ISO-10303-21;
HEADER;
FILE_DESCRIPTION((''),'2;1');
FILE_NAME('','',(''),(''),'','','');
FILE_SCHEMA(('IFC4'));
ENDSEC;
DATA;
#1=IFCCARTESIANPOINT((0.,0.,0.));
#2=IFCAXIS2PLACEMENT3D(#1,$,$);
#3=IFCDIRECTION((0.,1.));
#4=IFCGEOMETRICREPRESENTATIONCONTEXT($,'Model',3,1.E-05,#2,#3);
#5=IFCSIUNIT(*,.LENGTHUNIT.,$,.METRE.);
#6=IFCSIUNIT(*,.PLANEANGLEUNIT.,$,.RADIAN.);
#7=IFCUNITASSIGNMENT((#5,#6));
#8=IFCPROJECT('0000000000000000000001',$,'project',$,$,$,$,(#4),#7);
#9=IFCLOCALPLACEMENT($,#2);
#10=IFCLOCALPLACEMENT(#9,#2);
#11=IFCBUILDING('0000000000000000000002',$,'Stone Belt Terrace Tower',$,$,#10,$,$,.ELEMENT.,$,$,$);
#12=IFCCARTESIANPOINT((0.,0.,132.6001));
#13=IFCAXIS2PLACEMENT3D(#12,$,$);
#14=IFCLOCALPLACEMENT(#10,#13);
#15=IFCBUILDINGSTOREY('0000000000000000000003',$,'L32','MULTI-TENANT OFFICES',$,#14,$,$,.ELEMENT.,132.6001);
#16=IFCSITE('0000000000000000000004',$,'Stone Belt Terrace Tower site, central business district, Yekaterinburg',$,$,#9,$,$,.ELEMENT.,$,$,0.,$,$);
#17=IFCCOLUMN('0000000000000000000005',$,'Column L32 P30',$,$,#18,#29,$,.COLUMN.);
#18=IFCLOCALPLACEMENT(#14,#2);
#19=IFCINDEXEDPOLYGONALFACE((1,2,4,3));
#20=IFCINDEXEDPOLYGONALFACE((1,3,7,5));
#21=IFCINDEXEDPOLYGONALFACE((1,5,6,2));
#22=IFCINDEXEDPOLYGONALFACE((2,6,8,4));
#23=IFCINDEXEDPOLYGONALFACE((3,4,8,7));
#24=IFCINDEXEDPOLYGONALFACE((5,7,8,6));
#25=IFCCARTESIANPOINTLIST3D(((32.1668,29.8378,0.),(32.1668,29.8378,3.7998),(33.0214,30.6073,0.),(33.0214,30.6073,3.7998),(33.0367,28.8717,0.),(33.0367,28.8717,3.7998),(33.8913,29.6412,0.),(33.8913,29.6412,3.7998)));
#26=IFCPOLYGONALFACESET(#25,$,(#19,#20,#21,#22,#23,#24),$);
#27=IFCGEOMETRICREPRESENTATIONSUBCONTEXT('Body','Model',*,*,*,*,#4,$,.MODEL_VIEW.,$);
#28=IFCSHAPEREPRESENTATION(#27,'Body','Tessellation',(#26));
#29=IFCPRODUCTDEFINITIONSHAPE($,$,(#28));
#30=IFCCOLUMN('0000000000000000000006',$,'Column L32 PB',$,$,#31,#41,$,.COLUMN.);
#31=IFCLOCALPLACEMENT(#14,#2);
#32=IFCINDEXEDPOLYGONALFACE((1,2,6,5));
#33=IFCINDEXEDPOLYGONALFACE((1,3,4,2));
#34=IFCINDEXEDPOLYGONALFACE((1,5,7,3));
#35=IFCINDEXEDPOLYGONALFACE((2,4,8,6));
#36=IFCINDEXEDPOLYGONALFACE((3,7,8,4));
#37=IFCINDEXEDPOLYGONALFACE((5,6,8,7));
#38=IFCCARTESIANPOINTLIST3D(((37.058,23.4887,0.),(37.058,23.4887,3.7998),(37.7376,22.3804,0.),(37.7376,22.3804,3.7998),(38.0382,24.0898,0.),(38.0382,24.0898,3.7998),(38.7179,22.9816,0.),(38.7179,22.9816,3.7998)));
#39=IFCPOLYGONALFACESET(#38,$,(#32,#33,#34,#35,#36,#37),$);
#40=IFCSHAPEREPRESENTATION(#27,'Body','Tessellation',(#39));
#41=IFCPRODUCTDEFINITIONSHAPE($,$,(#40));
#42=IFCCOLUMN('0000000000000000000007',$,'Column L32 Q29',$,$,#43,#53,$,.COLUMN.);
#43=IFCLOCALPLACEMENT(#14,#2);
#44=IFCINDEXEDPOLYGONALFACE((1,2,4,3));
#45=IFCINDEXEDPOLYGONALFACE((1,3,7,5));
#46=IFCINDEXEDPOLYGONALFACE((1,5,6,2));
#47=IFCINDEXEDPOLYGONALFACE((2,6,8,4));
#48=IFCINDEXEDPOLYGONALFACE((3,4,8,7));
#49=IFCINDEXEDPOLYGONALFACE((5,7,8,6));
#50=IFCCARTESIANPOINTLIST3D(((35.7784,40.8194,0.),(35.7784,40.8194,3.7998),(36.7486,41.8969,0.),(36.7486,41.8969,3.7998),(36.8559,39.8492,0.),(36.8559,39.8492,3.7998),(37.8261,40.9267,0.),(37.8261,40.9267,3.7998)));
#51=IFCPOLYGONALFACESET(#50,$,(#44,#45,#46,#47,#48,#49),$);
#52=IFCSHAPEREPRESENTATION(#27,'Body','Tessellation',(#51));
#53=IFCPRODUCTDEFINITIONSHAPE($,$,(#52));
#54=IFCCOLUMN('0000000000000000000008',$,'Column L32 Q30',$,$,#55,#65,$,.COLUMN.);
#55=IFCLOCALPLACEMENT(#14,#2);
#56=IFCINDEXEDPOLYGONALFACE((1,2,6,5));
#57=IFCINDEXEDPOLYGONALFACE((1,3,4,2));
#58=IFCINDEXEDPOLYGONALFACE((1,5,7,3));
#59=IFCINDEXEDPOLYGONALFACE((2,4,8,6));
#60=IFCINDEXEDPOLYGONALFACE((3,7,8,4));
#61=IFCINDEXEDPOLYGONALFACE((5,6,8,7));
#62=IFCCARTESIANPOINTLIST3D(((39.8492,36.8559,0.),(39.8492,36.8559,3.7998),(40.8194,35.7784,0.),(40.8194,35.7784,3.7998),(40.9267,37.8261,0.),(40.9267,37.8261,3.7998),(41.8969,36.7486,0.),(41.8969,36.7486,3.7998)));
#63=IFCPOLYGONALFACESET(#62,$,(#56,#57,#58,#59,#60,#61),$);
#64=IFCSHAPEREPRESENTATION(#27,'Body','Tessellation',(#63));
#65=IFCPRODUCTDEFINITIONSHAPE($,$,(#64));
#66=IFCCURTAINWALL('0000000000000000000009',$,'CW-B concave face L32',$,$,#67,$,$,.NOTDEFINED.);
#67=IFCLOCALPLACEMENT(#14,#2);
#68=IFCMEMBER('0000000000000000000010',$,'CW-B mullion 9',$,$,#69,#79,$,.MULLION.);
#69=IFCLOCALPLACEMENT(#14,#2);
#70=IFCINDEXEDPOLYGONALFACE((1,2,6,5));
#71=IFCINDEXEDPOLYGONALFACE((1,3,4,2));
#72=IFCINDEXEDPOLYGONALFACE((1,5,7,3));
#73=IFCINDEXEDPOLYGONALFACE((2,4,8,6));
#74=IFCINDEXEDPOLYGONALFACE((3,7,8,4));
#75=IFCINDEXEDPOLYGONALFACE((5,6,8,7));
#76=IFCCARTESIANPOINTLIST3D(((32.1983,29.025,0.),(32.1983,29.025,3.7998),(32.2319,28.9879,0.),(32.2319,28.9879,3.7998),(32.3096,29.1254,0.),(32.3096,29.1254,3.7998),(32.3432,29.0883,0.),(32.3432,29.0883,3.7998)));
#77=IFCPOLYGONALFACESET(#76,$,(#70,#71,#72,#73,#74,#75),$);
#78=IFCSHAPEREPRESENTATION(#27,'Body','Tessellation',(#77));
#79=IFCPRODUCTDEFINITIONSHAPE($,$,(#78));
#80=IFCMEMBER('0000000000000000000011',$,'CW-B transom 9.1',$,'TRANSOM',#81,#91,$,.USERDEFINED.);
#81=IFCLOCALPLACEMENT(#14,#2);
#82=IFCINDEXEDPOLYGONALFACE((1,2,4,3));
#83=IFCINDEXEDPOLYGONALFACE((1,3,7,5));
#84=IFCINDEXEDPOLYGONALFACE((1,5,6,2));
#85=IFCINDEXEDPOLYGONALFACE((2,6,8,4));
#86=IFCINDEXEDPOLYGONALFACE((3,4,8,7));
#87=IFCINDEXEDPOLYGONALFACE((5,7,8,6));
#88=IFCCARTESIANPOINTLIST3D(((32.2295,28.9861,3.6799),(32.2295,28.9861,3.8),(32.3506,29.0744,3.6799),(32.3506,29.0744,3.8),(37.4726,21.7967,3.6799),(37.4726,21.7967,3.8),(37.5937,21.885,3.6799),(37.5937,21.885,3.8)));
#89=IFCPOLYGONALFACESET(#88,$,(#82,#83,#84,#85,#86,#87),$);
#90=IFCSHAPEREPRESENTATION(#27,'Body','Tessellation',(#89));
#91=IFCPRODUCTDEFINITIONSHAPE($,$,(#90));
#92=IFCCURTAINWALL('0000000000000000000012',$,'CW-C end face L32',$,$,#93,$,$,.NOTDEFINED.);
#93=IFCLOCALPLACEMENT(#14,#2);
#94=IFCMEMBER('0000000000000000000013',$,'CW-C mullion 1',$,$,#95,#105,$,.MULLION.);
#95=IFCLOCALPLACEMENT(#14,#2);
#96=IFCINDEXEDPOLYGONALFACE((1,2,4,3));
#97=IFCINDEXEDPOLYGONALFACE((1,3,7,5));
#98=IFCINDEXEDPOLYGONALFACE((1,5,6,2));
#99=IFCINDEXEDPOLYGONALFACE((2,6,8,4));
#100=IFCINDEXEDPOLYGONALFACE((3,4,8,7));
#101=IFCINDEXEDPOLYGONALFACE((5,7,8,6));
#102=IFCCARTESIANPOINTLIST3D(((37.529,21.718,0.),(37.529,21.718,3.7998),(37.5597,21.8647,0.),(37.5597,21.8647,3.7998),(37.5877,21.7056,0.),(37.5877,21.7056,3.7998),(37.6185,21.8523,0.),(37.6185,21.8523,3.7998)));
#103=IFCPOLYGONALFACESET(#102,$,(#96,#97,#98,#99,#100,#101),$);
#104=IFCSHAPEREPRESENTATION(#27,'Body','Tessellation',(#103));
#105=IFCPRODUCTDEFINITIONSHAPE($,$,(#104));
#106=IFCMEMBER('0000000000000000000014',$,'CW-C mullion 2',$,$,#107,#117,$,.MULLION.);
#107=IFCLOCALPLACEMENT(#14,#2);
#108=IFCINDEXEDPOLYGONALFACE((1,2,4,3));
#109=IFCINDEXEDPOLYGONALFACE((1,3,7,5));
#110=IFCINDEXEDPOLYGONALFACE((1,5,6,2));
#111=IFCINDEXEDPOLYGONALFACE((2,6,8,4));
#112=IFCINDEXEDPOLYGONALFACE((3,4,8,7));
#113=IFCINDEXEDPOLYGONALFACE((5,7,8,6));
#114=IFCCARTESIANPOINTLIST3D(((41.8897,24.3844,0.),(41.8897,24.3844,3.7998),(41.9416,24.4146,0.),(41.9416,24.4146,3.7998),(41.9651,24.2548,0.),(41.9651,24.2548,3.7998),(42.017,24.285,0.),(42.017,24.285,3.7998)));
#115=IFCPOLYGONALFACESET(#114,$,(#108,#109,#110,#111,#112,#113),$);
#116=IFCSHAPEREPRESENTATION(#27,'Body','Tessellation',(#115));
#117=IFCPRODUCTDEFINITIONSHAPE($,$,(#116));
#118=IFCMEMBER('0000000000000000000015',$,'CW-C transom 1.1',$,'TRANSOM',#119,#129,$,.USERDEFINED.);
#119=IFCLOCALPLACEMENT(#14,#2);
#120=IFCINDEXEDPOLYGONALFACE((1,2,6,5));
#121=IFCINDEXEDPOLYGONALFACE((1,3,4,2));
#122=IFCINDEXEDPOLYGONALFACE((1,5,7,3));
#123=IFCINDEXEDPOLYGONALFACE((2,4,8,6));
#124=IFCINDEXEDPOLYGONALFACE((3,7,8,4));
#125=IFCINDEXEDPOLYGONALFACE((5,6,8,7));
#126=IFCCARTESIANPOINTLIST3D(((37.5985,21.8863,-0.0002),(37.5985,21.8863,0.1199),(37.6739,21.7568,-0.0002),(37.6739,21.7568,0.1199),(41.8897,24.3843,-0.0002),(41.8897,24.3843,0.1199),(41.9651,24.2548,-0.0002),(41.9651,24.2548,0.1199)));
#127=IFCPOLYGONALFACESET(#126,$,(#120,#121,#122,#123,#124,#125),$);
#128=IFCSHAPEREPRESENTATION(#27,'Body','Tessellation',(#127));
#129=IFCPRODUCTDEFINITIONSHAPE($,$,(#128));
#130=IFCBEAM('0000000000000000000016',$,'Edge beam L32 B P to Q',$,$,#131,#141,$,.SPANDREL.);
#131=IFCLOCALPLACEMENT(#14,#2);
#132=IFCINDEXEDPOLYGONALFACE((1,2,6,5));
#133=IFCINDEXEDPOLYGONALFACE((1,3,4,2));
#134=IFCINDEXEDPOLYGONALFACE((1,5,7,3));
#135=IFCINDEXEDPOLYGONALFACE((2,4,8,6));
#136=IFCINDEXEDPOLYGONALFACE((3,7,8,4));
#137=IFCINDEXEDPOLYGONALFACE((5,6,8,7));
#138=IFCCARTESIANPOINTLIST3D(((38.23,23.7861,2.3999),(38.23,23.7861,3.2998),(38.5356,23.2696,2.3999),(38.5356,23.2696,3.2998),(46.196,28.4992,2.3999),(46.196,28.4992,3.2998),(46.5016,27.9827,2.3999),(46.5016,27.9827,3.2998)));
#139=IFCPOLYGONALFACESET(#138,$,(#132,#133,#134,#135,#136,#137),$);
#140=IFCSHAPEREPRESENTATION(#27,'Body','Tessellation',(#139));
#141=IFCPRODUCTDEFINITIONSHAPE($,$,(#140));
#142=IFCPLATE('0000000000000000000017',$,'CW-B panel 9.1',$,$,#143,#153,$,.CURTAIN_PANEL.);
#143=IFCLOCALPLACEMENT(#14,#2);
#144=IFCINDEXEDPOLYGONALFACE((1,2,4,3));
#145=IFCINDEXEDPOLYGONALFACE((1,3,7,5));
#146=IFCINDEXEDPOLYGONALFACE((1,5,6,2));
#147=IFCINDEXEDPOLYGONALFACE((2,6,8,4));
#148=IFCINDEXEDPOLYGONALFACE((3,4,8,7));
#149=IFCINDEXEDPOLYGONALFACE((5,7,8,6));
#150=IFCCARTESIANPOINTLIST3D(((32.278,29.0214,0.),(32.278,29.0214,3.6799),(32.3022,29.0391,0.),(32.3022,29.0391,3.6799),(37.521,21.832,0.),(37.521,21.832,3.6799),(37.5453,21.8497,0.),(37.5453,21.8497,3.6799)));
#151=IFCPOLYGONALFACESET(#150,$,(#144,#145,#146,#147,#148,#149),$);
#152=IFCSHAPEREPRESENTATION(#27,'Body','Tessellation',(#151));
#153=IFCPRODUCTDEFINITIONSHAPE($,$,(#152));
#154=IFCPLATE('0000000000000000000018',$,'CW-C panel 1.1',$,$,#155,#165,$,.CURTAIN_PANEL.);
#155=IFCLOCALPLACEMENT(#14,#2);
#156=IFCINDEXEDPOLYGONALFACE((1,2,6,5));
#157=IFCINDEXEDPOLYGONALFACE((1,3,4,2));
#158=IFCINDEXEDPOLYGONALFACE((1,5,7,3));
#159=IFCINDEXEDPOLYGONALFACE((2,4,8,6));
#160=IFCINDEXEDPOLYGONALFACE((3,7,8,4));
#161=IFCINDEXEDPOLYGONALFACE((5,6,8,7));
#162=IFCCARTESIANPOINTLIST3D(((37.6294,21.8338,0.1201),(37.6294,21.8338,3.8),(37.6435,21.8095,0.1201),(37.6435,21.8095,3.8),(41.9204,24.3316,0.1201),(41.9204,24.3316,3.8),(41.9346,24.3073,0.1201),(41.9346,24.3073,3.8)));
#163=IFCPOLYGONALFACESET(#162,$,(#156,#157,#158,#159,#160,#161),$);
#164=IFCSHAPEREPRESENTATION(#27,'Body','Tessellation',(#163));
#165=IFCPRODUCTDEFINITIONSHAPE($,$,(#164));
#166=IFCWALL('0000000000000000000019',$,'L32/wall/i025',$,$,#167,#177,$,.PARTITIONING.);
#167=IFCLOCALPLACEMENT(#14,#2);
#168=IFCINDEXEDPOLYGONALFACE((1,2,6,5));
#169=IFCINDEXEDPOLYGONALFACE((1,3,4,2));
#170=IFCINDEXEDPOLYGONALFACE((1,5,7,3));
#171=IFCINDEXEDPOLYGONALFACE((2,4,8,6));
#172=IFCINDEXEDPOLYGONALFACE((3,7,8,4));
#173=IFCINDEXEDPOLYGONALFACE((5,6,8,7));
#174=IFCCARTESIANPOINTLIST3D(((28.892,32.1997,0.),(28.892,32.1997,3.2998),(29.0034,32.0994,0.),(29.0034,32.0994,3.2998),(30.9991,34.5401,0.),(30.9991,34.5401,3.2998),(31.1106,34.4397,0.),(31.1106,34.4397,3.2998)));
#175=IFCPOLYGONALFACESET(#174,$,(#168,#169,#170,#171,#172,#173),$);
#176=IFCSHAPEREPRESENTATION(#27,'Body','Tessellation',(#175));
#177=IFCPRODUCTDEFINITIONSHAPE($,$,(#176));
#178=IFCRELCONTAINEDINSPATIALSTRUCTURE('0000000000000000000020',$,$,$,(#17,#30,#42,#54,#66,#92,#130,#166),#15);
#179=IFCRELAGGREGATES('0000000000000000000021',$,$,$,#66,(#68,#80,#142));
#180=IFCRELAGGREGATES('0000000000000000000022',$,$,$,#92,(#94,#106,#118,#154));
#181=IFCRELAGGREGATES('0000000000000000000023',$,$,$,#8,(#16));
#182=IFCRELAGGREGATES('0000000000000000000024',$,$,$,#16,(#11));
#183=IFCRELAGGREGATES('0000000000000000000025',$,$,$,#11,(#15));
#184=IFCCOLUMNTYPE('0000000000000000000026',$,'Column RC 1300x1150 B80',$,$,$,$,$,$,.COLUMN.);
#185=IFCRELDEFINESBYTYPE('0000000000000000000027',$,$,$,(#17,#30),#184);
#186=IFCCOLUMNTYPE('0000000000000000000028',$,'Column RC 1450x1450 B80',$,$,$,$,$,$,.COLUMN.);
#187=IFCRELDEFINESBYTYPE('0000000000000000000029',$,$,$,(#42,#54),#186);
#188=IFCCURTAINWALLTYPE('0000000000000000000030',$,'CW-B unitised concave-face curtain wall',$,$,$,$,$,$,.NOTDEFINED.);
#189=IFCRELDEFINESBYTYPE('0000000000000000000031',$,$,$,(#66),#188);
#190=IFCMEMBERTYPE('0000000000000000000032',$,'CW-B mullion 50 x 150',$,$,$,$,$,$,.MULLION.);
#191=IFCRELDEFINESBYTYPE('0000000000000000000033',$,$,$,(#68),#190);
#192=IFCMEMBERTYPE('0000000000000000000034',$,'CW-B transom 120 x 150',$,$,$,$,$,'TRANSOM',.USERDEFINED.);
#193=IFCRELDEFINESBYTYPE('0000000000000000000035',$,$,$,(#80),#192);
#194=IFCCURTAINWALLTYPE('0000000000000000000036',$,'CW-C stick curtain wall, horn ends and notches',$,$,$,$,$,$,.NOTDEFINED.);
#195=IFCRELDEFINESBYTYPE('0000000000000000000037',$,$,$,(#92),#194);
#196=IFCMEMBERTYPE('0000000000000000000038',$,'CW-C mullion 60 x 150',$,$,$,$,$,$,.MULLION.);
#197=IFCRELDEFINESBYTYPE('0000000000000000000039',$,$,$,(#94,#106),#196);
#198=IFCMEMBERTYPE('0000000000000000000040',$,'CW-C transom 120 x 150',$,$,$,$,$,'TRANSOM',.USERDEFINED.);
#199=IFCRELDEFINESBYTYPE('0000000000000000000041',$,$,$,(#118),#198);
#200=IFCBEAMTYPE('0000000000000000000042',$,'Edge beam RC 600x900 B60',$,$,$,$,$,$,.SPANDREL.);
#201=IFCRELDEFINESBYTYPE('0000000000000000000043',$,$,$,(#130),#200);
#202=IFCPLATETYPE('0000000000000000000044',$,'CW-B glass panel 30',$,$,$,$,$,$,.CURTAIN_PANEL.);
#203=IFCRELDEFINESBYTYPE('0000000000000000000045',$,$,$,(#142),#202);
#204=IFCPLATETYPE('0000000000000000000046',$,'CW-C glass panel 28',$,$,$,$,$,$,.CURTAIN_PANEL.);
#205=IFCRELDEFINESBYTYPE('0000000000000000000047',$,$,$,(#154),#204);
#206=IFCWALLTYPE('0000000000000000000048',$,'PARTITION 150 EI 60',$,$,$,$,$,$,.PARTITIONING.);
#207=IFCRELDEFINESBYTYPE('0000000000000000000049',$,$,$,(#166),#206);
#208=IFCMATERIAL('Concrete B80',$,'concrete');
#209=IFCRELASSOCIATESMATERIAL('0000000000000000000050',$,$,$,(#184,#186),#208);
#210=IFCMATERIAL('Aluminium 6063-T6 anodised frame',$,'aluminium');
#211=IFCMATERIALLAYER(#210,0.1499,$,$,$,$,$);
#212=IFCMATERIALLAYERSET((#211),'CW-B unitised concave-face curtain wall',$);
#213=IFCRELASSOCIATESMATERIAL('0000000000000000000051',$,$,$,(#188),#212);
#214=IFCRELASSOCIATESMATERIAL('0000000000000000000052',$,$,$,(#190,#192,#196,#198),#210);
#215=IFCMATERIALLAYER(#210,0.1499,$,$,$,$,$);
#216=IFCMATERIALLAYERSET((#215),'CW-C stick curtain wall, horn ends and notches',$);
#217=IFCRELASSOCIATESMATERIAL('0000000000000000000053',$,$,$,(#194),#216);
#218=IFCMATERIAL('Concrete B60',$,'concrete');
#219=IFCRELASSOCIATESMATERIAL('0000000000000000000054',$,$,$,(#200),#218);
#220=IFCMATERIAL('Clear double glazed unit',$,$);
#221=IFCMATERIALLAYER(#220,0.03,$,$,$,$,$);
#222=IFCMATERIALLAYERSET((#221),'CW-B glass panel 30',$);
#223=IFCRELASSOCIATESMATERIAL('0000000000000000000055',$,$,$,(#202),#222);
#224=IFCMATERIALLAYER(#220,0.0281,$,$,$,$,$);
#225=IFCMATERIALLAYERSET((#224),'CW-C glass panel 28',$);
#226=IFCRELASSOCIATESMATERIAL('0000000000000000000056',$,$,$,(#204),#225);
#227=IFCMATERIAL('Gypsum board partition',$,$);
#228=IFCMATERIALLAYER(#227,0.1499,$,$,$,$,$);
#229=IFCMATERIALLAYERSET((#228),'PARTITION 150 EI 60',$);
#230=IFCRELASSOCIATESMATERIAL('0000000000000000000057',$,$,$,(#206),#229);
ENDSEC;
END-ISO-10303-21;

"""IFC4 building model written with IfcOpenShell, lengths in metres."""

from ifc_helpers import new_model, si_unit, direction, frame, frame_2d, origin, origin_2d, place, context, subcontext, project, spatial, rectangle, extrude, material, layer, layer_set, material_profile, profile_set, type_object, element, aggregate, save


model = new_model("IFC4")

# Units and contexts
model_context = context("Model", 3, precision=1e-05, world=origin(), true_north=direction((0.0, 1.0)))
body_context = subcontext(model_context, "Body", "Model", "MODEL_VIEW")
ifc_project = project(units=[si_unit("LENGTHUNIT", "METRE"), si_unit("PLANEANGLEUNIT", "RADIAN")], contexts=[model_context])

# Site, building, storey
site_placement = place(None, origin())
site = spatial("IfcSite", under=ifc_project, at=site_placement, Name="Stone Belt Terrace Tower site, central business district, Yekaterinburg", CompositionType="ELEMENT", RefElevation=0.0)
building_placement = place(site_placement, origin())
building = spatial("IfcBuilding", under=site, at=building_placement, Name="Stone Belt Terrace Tower", CompositionType="ELEMENT")
storey_placement = place(building_placement, frame((0.0, 0.0, 132.6001)))
storey = spatial("IfcBuildingStorey", under=building, at=storey_placement, Name="L32", Description="MULTI-TENANT OFFICES", CompositionType="ELEMENT", Elevation=132.6001)

# Columns
ifc_material_1 = material(Name="Concrete B80", Category="concrete")
ifc_material_profile_1 = material_profile(ifc_material_1, rectangle(XDim=1.3, YDim=1.1499, at=origin_2d()), Name="RC 1300x1150")
ifc_profile_set_1 = profile_set([ifc_material_profile_1], Name="Concrete B80")
column_type_1 = type_object("IfcColumnType", Name="Column RC 1300x1150 B80", PredefinedType="COLUMN", material=ifc_profile_set_1)
for number, where, z_axis, x_axis, name in (
    (1, (33.0291, 29.7395, 0.0), (0.0, 0.0, 1.0), (0.669131, -0.743145, 0.0), "Column L32 P30"),
    (2, (37.8879, 23.2351, 0.0), (0.0, 0.0, 1.0), (0.522781, -0.852467, 0.0), "Column L32 PB"),
):
    element("IfcColumn", number, at=place(storey_placement, frame(where, z_axis=z_axis, x_axis=x_axis)), inside=storey, type_object=column_type_1, Name=name, PredefinedType="COLUMN", context=body_context, shape_type="SweptSolid", body=[
        extrude(rectangle(XDim=1.3, YDim=1.1499, at=origin_2d()), origin(), (0.0, 0.0, 1.0), 3.7998),
    ])
ifc_material_profile_2 = material_profile(ifc_material_1, rectangle(XDim=1.45, YDim=1.45, at=origin_2d()), Name="RC 1450x1450")
ifc_profile_set_2 = profile_set([ifc_material_profile_2], Name="Concrete B80")
column_type_2 = type_object("IfcColumnType", Name="Column RC 1450x1450 B80", PredefinedType="COLUMN", material=ifc_profile_set_2)
for number, where, z_axis, x_axis, name in (
    (3, (36.8022, 40.873, 0.0), (0.0, 0.0, 1.0), (0.743145, -0.669131, 0.0), "Column L32 Q29"),
    (4, (40.873, 36.8022, 0.0), (0.0, 0.0, 1.0), (0.669131, -0.743145, 0.0), "Column L32 Q30"),
):
    element("IfcColumn", number, at=place(storey_placement, frame(where, z_axis=z_axis, x_axis=x_axis)), inside=storey, type_object=column_type_2, Name=name, PredefinedType="COLUMN", context=body_context, shape_type="SweptSolid", body=[
        extrude(rectangle(XDim=1.45, YDim=1.45, at=origin_2d()), origin(), (0.0, 0.0, 1.0), 3.7998),
    ])

# Curtain walls, members
ifc_material_2 = material(Name="Aluminium 6063-T6 anodised frame", Category="aluminium")
ifc_layer_1 = layer(ifc_material_2, 0.1499)
ifc_layer_set_1 = layer_set([ifc_layer_1], Name="CW-B unitised concave-face curtain wall")
curtain_wall_type_1 = type_object("IfcCurtainWallType", Name="CW-B unitised concave-face curtain wall", PredefinedType="NOTDEFINED", material=ifc_layer_set_1)
curtain_wall_1_placement = place(storey_placement, origin())
curtain_wall_1 = element("IfcCurtainWall", 5, at=curtain_wall_1_placement, inside=storey, type_object=curtain_wall_type_1, Name="CW-B concave face L32", PredefinedType="NOTDEFINED")
ifc_material_profile_3 = material_profile(ifc_material_2, rectangle(XDim=0.1499, YDim=0.05, at=origin_2d()), Name="Aluminium 6063-T6 50x150")
ifc_profile_set_3 = profile_set([ifc_material_profile_3], Name="Aluminium 6063-T6 anodised frame")
member_type_1 = type_object("IfcMemberType", Name="CW-B mullion 50 x 150", PredefinedType="MULLION", material=ifc_profile_set_3)
member_1_placement = place(storey_placement, frame((32.2708, 29.0566, 0.0), z_axis=(0.0, 0.0, 1.0), x_axis=(0.742549, 0.669792, 0.0)))
member_1 = element("IfcMember", 6, at=member_1_placement, type_object=member_type_1, Name="CW-B mullion 9", PredefinedType="MULLION", context=body_context, shape_type="SweptSolid", body=[
    extrude(rectangle(XDim=0.1499, YDim=0.05, at=origin_2d()), origin(), (0.0, 0.0, 1.0), 3.7998),
])
ifc_material_profile_4 = material_profile(ifc_material_2, rectangle(XDim=0.1499, YDim=0.1201, at=origin_2d()), Name="Aluminium 6063-T6 150x120")
ifc_profile_set_4 = profile_set([ifc_material_profile_4], Name="Aluminium 6063-T6 anodised frame")
member_type_2 = type_object("IfcMemberType", Name="CW-B transom 120 x 150", ElementType="TRANSOM", PredefinedType="USERDEFINED", material=ifc_profile_set_4)
member_2_placement = place(storey_placement, frame((32.29, 29.0303, 3.74), z_axis=(0.589235, -0.807962, 0.0), x_axis=(0.807962, 0.589235, 0.0)))
member_2 = element("IfcMember", 7, at=member_2_placement, type_object=member_type_2, Name="CW-B transom 9.1", ObjectType="TRANSOM", PredefinedType="USERDEFINED", context=body_context, shape_type="SweptSolid", body=[
    extrude(rectangle(XDim=0.1499, YDim=0.1201, at=origin_2d()), origin(), (0.0, 0.0, 1.0), 8.8982),
])
ifc_layer_2 = layer(ifc_material_2, 0.1499)
ifc_layer_set_2 = layer_set([ifc_layer_2], Name="CW-C stick curtain wall, horn ends and notches")
curtain_wall_type_2 = type_object("IfcCurtainWallType", Name="CW-C stick curtain wall, horn ends and notches", PredefinedType="NOTDEFINED", material=ifc_layer_set_2)
curtain_wall_2_placement = place(storey_placement, origin())
curtain_wall_2 = element("IfcCurtainWall", 8, at=curtain_wall_2_placement, inside=storey, type_object=curtain_wall_type_2, Name="CW-C end face L32", PredefinedType="NOTDEFINED")
ifc_material_profile_5 = material_profile(ifc_material_2, rectangle(XDim=0.1499, YDim=0.0601, at=origin_2d()), Name="Aluminium 6063-T6 60x150")
ifc_profile_set_5 = profile_set([ifc_material_profile_5], Name="Aluminium 6063-T6 anodised frame")
member_type_3 = type_object("IfcMemberType", Name="CW-C mullion 60 x 150", PredefinedType="MULLION", material=ifc_profile_set_5)
member_3_placement = place(storey_placement, frame((37.5737, 21.7852, 0.0), z_axis=(0.0, 0.0, 1.0), x_axis=(0.205298, 0.978699, 0.0)))
member_3 = element("IfcMember", 9, at=member_3_placement, type_object=member_type_3, Name="CW-C mullion 1", PredefinedType="MULLION", context=body_context, shape_type="SweptSolid", body=[
    extrude(rectangle(XDim=0.1499, YDim=0.0601, at=origin_2d()), origin(), (0.0, 0.0, 1.0), 3.7998),
])
member_4_placement = place(storey_placement, frame((41.9534, 24.3347, 0.0), z_axis=(0.0, 0.0, 1.0), x_axis=(-0.503081, 0.864239, 0.0)))
member_4 = element("IfcMember", 10, at=member_4_placement, type_object=member_type_3, Name="CW-C mullion 2", PredefinedType="MULLION", context=body_context, shape_type="SweptSolid", body=[
    extrude(rectangle(XDim=0.1499, YDim=0.0601, at=origin_2d()), origin(), (0.0, 0.0, 1.0), 3.7998),
])
ifc_material_profile_6 = material_profile(ifc_material_2, rectangle(XDim=0.1499, YDim=0.1201, at=origin_2d()), Name="Aluminium 6063-T6 150x120")
ifc_profile_set_6 = profile_set([ifc_material_profile_6], Name="Aluminium 6063-T6 anodised frame")
member_type_4 = type_object("IfcMemberType", Name="CW-C transom 120 x 150", ElementType="TRANSOM", PredefinedType="USERDEFINED", material=ifc_profile_set_6)
member_5_placement = place(storey_placement, frame((37.6362, 21.8215, 0.0598), z_axis=(0.864233, 0.503091, 0.0), x_axis=(-0.503091, 0.864233, 0.0)))
member_5 = element("IfcMember", 11, at=member_5_placement, type_object=member_type_4, Name="CW-C transom 1.1", ObjectType="TRANSOM", PredefinedType="USERDEFINED", context=body_context, shape_type="SweptSolid", body=[
    extrude(rectangle(XDim=0.1499, YDim=0.1201, at=origin_2d()), origin(), (0.0, 0.0, 1.0), 4.9653),
])

# Beam
ifc_material_3 = material(Name="Concrete B60", Category="concrete")
ifc_material_profile_7 = material_profile(ifc_material_3, rectangle(XDim=0.6001, YDim=0.8999, at=origin_2d()), Name="RC 600x900")
ifc_profile_set_7 = profile_set([ifc_material_profile_7], Name="Concrete B60")
beam_type = type_object("IfcBeamType", Name="Edge beam RC 600x900 B60", PredefinedType="SPANDREL", material=ifc_profile_set_7)
beam_placement = place(storey_placement, frame((38.3828, 23.5278, 2.8499), z_axis=(0.860647, 0.509203, 0.0), x_axis=(-0.509203, 0.860647, 0.0)))
element("IfcBeam", 12, at=beam_placement, inside=storey, type_object=beam_type, Name="Edge beam L32 B P to Q", PredefinedType="SPANDREL", context=body_context, shape_type="SweptSolid", body=[
    extrude(rectangle(XDim=0.6001, YDim=0.8999, at=origin_2d()), origin(), (0.0, 0.0, 1.0), 9.2559),
])

# Plates
ifc_material_4 = material(Name="Clear double glazed unit")
ifc_layer_3 = layer(ifc_material_4, 0.03)
ifc_layer_set_3 = layer_set([ifc_layer_3], Name="CW-B glass panel 30")
plate_type_1 = type_object("IfcPlateType", Name="CW-B glass panel 30", PredefinedType="CURTAIN_PANEL", material=ifc_layer_set_3)
plate_1_placement = place(storey_placement, frame((34.9116, 25.4355, 0.0), z_axis=(0.0, 0.0, 1.0), x_axis=(0.589225, -0.807969, 0.0)))
plate_1 = element("IfcPlate", 13, at=plate_1_placement, type_object=plate_type_1, Name="CW-B panel 9.1", PredefinedType="CURTAIN_PANEL", context=body_context, shape_type="SweptSolid", body=[
    extrude(rectangle(XDim=8.8982, YDim=0.03, at=origin_2d()), origin(), (0.0, 0.0, 1.0), 3.6799),
])
aggregate(curtain_wall_1, [member_1, member_2, plate_1])
ifc_layer_4 = layer(ifc_material_4, 0.0281)
ifc_layer_set_4 = layer_set([ifc_layer_4], Name="CW-C glass panel 28")
plate_type_2 = type_object("IfcPlateType", Name="CW-C glass panel 28", PredefinedType="CURTAIN_PANEL", material=ifc_layer_set_4)
plate_2_placement = place(storey_placement, frame((39.782, 23.0706, 0.1201), z_axis=(0.0, 0.0, 1.0), x_axis=(0.864239, 0.503081, 0.0)))
plate_2 = element("IfcPlate", 14, at=plate_2_placement, type_object=plate_type_2, Name="CW-C panel 1.1", PredefinedType="CURTAIN_PANEL", context=body_context, shape_type="SweptSolid", body=[
    extrude(rectangle(XDim=4.9651, YDim=0.0281, at=origin_2d()), origin(), (0.0, 0.0, 1.0), 3.6799),
])
aggregate(curtain_wall_2, [member_3, member_4, member_5, plate_2])

# Wall
ifc_material_5 = material(Name="Gypsum board partition")
ifc_layer_5 = layer(ifc_material_5, 0.1499)
ifc_layer_set_5 = layer_set([ifc_layer_5], Name="PARTITION 150 EI 60")
wall_type_1 = type_object("IfcWallType", Name="PARTITION 150 EI 60", PredefinedType="PARTITIONING", material=ifc_layer_set_5)
wall_1_placement = place(storey_placement, frame((31.0549, 34.49, 0.0), z_axis=(0.0, 0.0, 1.0), x_axis=(-0.669119, -0.743155, 0.0)))
element("IfcWall", 15, at=wall_1_placement, inside=storey, type_object=wall_type_1, Name="L32/wall/i025", PredefinedType="PARTITIONING", context=body_context, shape_type="SweptSolid", body=[
    extrude(rectangle(XDim=3.1492, YDim=0.1499, at=frame_2d((1.5747, 0.0))), origin(), (0.0, 0.0, 1.0), 3.2998),
])

save(model, "model.ifc")
